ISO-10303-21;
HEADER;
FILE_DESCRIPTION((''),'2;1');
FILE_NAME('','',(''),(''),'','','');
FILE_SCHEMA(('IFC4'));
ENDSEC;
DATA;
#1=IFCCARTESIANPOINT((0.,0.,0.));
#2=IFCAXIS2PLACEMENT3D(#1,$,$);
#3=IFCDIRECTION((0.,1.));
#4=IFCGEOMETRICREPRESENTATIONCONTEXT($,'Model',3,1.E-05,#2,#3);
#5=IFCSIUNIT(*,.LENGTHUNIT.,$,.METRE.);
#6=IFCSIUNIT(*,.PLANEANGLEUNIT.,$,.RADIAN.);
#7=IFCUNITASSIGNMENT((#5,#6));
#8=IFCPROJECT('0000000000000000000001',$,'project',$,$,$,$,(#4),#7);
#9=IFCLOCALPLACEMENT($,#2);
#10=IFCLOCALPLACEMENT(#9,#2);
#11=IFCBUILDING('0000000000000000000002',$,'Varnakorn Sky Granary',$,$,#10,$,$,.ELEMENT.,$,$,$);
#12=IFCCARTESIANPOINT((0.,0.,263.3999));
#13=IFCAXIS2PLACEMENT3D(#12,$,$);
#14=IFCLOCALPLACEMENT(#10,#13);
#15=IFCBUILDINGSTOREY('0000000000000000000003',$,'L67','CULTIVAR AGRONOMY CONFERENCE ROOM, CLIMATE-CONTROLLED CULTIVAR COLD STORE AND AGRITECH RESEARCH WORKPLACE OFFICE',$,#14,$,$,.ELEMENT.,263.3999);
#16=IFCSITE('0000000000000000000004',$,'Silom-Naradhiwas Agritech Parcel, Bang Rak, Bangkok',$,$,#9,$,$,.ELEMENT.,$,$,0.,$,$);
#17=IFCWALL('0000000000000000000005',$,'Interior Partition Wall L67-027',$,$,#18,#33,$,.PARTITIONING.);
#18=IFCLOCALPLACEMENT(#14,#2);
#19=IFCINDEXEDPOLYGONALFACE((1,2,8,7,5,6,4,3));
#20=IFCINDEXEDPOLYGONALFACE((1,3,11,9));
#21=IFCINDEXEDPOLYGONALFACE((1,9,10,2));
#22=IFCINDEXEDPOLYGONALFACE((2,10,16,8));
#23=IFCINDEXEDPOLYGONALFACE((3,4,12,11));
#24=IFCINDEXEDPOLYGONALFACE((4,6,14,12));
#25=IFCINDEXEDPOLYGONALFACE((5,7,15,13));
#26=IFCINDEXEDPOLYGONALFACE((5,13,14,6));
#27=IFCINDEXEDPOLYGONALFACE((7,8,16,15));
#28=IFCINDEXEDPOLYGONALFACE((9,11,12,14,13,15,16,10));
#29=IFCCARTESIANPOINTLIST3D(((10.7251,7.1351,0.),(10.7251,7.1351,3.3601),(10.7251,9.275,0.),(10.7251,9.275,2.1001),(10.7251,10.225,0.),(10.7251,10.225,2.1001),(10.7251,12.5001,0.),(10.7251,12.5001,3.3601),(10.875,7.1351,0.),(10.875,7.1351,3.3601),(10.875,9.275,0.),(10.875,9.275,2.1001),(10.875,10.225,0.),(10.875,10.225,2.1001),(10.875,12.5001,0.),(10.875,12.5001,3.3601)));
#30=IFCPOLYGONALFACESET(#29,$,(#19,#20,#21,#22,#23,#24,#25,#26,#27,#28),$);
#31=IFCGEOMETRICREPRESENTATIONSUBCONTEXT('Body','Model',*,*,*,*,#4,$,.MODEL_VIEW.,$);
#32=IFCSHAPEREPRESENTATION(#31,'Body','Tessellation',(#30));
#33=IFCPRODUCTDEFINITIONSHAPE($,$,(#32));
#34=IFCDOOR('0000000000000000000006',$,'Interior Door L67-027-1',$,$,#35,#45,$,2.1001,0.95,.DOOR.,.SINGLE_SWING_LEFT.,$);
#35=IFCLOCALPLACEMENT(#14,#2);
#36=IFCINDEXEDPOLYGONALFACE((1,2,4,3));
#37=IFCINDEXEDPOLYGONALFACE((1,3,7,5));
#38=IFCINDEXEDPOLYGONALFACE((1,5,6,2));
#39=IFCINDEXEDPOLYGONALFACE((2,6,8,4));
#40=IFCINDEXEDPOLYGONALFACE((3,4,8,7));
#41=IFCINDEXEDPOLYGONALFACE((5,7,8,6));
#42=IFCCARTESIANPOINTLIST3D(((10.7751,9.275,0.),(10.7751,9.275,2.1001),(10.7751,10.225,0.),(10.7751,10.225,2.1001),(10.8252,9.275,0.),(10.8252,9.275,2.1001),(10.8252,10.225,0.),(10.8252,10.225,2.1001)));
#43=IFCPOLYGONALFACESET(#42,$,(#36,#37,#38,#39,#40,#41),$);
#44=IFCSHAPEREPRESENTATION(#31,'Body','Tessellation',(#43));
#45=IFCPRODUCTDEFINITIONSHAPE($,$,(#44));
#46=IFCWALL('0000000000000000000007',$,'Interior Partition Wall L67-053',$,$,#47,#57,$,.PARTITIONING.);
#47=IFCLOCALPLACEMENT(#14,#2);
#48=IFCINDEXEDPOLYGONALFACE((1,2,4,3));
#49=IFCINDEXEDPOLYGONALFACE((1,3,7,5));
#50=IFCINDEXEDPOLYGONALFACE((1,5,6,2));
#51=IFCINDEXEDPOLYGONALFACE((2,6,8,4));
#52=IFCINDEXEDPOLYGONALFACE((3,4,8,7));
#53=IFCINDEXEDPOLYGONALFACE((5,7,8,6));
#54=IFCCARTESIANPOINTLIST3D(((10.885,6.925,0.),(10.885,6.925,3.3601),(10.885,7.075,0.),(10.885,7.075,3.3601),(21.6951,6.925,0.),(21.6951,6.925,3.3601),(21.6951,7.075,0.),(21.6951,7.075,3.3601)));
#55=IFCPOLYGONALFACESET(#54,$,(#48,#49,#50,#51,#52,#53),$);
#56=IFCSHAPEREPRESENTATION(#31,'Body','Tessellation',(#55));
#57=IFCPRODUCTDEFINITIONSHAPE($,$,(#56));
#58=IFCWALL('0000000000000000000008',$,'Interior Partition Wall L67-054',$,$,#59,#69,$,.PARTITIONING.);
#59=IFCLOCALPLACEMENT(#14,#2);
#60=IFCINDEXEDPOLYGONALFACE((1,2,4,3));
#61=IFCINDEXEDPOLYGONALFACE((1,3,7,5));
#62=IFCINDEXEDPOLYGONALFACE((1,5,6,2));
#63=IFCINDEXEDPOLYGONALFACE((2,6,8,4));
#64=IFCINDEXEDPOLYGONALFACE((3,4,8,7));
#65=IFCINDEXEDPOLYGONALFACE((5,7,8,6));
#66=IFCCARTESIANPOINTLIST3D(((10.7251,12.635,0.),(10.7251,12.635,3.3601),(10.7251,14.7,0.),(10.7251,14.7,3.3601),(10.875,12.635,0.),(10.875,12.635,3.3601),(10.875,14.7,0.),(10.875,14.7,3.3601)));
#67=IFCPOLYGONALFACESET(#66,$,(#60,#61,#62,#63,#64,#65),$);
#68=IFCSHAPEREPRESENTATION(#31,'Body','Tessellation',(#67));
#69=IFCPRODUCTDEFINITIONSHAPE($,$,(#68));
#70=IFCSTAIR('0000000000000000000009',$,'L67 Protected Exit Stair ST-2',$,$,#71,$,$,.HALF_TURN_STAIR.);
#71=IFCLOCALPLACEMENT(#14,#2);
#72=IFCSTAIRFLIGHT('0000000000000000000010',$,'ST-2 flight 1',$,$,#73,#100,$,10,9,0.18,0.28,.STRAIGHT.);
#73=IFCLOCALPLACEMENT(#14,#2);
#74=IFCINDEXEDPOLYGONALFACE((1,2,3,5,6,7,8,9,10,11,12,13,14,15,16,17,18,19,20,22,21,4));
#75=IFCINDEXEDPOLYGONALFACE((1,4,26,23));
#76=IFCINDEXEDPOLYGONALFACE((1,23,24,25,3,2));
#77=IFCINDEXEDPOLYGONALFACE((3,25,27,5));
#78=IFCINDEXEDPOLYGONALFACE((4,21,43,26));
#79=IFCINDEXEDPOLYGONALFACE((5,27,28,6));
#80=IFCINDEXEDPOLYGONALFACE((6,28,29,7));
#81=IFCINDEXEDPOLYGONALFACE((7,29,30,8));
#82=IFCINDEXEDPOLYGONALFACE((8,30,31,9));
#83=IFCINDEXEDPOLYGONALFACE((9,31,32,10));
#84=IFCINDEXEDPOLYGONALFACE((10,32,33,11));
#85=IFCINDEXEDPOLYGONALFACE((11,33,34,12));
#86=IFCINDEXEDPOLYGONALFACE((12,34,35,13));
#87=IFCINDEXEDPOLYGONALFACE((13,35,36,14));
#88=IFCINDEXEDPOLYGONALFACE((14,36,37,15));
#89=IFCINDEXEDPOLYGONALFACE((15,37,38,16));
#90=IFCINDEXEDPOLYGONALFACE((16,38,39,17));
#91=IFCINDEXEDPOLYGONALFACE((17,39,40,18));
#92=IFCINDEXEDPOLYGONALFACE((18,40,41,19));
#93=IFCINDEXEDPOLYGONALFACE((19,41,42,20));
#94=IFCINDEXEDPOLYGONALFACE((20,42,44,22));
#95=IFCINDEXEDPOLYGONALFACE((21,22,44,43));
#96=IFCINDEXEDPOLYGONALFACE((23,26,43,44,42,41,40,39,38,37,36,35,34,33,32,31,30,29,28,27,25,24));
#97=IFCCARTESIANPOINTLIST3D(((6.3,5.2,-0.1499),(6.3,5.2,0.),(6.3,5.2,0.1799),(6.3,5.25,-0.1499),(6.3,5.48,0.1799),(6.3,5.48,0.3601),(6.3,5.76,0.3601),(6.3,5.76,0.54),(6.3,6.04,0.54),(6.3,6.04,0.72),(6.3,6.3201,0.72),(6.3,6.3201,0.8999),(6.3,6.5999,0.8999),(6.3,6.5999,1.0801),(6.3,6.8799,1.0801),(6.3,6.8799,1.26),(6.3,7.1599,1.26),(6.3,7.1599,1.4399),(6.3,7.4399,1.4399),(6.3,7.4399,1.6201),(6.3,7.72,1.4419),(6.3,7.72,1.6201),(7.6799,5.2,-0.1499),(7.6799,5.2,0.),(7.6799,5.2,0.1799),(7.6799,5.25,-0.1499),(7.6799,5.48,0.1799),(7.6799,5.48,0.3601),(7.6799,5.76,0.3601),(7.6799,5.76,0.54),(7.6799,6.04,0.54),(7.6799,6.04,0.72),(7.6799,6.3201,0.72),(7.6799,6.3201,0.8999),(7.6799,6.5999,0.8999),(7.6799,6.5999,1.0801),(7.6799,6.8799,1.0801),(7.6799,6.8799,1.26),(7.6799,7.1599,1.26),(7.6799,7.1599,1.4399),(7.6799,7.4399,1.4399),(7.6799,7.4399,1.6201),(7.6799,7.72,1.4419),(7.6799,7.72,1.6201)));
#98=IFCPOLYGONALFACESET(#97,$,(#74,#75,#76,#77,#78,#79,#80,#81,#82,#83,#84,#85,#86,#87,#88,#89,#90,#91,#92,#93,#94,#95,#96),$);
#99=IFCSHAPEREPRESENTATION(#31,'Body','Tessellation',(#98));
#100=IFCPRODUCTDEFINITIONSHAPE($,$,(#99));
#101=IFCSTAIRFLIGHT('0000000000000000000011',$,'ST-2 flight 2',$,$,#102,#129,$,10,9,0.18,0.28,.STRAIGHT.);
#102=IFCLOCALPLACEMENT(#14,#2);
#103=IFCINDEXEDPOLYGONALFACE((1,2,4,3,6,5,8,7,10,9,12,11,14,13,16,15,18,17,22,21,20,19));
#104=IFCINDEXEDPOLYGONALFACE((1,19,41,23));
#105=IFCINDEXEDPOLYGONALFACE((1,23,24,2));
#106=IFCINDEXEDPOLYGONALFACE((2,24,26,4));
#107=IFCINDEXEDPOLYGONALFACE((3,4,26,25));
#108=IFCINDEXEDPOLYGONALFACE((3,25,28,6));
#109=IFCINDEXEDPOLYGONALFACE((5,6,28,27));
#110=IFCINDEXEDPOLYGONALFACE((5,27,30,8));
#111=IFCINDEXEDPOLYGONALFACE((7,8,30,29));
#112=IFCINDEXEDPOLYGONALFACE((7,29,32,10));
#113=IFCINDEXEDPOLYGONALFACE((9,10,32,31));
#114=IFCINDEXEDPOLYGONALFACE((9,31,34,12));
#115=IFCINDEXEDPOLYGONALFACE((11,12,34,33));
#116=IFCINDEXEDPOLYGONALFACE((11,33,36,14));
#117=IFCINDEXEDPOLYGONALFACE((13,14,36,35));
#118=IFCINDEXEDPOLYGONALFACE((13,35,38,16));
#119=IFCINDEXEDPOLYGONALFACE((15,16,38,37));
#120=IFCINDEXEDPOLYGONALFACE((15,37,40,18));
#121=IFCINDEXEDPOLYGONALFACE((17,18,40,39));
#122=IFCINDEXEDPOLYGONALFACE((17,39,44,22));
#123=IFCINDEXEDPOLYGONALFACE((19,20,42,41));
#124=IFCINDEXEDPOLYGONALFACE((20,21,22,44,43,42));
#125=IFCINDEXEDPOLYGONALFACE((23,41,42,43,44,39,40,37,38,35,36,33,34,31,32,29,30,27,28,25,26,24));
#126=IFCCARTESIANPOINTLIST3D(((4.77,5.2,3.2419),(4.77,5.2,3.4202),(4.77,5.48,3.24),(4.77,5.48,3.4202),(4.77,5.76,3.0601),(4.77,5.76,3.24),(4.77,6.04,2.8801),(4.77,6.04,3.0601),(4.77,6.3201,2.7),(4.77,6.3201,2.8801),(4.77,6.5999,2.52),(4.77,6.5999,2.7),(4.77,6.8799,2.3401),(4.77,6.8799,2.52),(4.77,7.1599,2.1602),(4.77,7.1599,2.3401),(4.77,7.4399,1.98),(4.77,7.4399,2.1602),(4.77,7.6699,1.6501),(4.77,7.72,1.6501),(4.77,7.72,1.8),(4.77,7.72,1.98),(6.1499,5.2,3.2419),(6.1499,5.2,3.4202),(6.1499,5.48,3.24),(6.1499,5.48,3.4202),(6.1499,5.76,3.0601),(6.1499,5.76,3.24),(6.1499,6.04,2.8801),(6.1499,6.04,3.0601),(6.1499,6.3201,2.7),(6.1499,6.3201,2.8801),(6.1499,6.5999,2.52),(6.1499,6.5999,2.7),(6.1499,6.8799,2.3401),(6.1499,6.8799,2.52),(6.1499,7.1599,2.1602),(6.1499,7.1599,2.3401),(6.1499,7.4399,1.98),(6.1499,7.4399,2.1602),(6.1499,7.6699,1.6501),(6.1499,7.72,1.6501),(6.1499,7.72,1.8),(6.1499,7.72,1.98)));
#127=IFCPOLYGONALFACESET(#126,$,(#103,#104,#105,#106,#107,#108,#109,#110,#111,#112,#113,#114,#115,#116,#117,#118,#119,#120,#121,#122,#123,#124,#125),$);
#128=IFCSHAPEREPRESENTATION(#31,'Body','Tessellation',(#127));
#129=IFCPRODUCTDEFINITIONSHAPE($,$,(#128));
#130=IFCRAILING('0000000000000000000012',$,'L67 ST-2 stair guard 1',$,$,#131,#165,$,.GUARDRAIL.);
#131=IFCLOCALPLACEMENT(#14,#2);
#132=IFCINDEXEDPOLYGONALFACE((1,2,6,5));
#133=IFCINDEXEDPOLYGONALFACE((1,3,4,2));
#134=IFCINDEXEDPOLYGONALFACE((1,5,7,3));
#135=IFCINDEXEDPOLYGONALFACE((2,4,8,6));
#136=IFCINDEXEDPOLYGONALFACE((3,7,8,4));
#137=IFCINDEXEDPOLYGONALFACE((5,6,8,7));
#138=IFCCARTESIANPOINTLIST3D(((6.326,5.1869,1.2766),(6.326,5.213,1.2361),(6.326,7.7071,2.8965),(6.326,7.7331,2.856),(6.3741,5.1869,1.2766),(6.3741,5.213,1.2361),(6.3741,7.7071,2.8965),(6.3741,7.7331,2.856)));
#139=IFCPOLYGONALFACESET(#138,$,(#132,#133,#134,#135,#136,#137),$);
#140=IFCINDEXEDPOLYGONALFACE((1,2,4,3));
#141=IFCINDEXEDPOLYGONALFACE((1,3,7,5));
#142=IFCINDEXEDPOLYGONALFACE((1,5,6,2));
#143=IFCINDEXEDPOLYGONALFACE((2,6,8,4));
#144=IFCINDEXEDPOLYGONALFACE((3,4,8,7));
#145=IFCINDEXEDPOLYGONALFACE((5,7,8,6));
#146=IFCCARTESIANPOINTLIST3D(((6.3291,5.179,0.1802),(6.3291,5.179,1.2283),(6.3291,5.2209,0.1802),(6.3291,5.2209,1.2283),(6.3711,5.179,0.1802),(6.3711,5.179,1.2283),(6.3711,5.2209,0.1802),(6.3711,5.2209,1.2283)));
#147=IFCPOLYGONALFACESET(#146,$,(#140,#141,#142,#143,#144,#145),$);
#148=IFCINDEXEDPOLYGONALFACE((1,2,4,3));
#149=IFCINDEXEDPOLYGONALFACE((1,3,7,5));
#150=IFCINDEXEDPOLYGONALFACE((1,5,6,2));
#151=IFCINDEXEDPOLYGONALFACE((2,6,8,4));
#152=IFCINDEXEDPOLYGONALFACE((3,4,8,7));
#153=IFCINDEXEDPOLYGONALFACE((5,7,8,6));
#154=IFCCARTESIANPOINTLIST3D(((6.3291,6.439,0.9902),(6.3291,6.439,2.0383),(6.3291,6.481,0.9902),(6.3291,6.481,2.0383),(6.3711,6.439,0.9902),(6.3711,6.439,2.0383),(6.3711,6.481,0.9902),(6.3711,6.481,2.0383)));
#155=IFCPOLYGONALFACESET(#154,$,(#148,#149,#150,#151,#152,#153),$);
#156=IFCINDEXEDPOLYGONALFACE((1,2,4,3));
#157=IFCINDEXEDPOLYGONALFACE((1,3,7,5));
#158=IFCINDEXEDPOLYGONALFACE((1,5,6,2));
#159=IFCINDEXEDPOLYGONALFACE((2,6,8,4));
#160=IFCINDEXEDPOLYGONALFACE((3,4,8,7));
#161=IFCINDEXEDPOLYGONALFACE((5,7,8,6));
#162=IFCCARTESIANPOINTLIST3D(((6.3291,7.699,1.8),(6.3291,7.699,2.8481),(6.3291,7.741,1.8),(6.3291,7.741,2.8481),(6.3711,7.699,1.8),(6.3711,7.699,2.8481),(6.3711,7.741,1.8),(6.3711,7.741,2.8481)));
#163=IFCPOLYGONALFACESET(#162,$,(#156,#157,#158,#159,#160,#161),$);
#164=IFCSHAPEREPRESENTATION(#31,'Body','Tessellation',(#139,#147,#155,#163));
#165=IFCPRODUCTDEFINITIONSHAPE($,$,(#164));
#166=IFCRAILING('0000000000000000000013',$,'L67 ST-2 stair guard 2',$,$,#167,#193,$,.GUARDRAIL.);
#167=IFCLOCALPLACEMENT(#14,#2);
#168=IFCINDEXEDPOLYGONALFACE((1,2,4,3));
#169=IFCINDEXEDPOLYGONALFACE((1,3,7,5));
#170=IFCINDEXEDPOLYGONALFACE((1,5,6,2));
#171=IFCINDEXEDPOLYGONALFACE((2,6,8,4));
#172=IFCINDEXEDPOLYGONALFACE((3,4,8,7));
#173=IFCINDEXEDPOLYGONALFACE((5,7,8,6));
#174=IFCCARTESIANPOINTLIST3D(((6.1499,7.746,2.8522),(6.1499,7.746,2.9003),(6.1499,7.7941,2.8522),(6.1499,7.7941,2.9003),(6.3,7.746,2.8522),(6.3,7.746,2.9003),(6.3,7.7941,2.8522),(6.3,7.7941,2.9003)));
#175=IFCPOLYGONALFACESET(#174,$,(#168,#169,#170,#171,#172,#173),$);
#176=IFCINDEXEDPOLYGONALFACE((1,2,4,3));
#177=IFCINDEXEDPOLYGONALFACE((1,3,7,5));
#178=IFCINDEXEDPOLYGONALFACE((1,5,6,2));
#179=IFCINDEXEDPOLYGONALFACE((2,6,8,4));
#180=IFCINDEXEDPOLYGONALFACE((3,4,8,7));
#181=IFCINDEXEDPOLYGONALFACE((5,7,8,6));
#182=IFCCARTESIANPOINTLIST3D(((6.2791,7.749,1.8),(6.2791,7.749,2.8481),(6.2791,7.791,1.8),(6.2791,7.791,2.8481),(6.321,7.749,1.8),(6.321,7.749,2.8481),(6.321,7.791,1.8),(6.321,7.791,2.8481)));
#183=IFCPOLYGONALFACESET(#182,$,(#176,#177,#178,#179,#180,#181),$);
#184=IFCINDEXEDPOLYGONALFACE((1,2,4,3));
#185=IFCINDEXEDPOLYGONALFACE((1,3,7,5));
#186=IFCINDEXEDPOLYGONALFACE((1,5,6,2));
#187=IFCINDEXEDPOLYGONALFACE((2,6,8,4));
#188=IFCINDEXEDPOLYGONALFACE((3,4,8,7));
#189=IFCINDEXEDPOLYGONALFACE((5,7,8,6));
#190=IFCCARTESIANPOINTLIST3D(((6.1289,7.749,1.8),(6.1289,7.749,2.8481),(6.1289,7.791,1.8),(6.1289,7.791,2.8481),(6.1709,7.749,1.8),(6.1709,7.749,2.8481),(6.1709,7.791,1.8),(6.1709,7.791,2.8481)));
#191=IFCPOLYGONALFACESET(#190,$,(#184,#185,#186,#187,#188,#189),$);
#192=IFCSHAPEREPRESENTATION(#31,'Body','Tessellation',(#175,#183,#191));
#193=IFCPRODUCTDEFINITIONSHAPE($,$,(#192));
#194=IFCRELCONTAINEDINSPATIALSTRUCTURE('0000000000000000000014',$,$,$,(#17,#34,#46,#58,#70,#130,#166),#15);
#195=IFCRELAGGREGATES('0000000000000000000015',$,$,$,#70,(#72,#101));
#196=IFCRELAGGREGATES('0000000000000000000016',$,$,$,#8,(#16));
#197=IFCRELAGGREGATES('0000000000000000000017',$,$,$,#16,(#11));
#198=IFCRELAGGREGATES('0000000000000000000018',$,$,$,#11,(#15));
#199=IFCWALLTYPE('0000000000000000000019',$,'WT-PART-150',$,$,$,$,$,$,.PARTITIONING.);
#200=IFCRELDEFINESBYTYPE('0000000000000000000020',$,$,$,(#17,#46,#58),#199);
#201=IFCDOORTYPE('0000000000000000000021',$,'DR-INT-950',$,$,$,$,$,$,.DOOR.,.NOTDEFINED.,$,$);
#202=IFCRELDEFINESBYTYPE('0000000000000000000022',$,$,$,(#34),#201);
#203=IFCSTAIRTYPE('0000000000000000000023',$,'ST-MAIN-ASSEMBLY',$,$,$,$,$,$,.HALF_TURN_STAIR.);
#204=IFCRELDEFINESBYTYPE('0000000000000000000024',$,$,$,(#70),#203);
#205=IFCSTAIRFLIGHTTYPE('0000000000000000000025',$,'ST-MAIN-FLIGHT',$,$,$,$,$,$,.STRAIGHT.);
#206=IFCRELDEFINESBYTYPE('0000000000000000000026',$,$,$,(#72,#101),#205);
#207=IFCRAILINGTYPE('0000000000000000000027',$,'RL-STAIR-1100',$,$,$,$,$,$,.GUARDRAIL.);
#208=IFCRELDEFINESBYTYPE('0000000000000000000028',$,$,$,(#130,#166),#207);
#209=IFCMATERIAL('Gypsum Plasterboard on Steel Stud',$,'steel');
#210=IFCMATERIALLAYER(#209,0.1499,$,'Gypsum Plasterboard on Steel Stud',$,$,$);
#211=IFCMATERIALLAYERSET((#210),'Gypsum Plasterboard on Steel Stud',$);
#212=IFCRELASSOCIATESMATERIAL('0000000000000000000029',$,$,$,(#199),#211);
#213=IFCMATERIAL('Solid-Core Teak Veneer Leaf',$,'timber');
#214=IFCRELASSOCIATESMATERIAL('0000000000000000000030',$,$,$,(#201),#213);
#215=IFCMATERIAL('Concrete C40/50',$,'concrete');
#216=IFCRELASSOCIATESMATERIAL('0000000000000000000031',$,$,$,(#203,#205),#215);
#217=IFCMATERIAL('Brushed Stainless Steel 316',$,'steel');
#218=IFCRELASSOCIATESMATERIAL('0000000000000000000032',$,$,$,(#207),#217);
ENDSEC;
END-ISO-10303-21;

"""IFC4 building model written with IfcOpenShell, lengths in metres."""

from ifc_helpers import new_model, si_unit, direction, frame, frame_2d, origin, origin_2d, place, context, subcontext, project, spatial, polyline, rectangle, outline, extrude, material, layer, layer_set, type_object, element, fill, aggregate, save


model = new_model("IFC4")

# Units and contexts
model_context = context("Model", 3, precision=1e-05, world=origin(), true_north=direction((0.0, 1.0)))
body_context = subcontext(model_context, "Body", "Model", "MODEL_VIEW")
ifc_project = project(units=[si_unit("LENGTHUNIT", "METRE"), si_unit("PLANEANGLEUNIT", "RADIAN")], contexts=[model_context])

# Site, building, storey
site_placement = place(None, origin())
site = spatial("IfcSite", under=ifc_project, at=site_placement, Name="Silom-Naradhiwas Agritech Parcel, Bang Rak, Bangkok", CompositionType="ELEMENT", RefElevation=0.0)
building_placement = place(site_placement, origin())
building = spatial("IfcBuilding", under=site, at=building_placement, Name="Varnakorn Sky Granary", CompositionType="ELEMENT")
storey_placement = place(building_placement, frame((0.0, 0.0, 263.3999)))
storey = spatial("IfcBuildingStorey", under=building, at=storey_placement, Name="L67", Description="CULTIVAR AGRONOMY CONFERENCE ROOM, CLIMATE-CONTROLLED CULTIVAR COLD STORE AND AGRITECH RESEARCH WORKPLACE OFFICE", CompositionType="ELEMENT", Elevation=263.3999)

# Wall, opening, door
ifc_material_1 = material(Name="Gypsum Plasterboard on Steel Stud", Category="steel")
ifc_layer_1 = layer(ifc_material_1, 0.1499, Name="Gypsum Plasterboard on Steel Stud")
ifc_layer_set_1 = layer_set([ifc_layer_1], Name="Gypsum Plasterboard on Steel Stud")
wall_type_1 = type_object("IfcWallType", Name="WT-PART-150", PredefinedType="PARTITIONING", material=ifc_layer_set_1)
wall_1_placement = place(storey_placement, frame((10.8, 7.135, 0.0), z_axis=(0.0, 0.0, 1.0), x_axis=(0.0, 1.0, 0.0)))
wall_1 = element("IfcWall", 1, at=wall_1_placement, inside=storey, type_object=wall_type_1, Name="Interior Partition Wall L67-027", PredefinedType="PARTITIONING", context=body_context, shape_type="SweptSolid", body=[
    extrude(rectangle(XDim=5.365, YDim=0.1499, at=frame_2d((2.6826, 0.0))), origin(), (0.0, 0.0, 1.0), 3.3601),
])
opening_placement = place(wall_1_placement, frame((2.1399, 0.0, 0.0)))
opening = element("IfcOpeningElement", 2, at=opening_placement, cuts=wall_1, PredefinedType="OPENING", context=body_context, shape_type="SweptSolid", body=[
    extrude(rectangle(XDim=0.95, YDim=2.1001, at=frame_2d((0.4751, 1.05))), frame((0.0, 0.085, 0.0), z_axis=(0.0, -1.0, 0.0), x_axis=(1.0, 0.0, 0.0)), (0.0, 0.0, 1.0), 0.1699),
])
ifc_material_2 = material(Name="Solid-Core Teak Veneer Leaf", Category="timber")
door_type = type_object("IfcDoorType", Name="DR-INT-950", OperationType="NOTDEFINED", PredefinedType="DOOR", material=ifc_material_2)
door_placement = place(opening_placement, origin())
door = element("IfcDoor", 3, at=door_placement, inside=storey, type_object=door_type, Name="Interior Door L67-027-1", OperationType="SINGLE_SWING_LEFT", OverallHeight=2.1001, OverallWidth=0.95, PredefinedType="DOOR", context=body_context, shape_type="SweptSolid", body=[
    extrude(rectangle(XDim=0.95, YDim=2.1001, at=frame_2d((0.4751, 1.05))), frame((0.0, 0.0249, 0.0), z_axis=(0.0, -1.0, 0.0), x_axis=(1.0, 0.0, 0.0)), (0.0, 0.0, 1.0), 0.05),
])
fill(opening, door)

# Walls
wall_2_placement = place(storey_placement, frame((10.885, 7.0, 0.0), z_axis=(0.0, 0.0, 1.0), x_axis=(1.0, 0.0, 0.0)))
element("IfcWall", 4, at=wall_2_placement, inside=storey, type_object=wall_type_1, Name="Interior Partition Wall L67-053", PredefinedType="PARTITIONING", context=body_context, shape_type="SweptSolid", body=[
    extrude(rectangle(XDim=10.8101, YDim=0.1499, at=frame_2d((5.405, 0.0))), origin(), (0.0, 0.0, 1.0), 3.3601),
])
wall_3_placement = place(storey_placement, frame((10.8, 12.635, 0.0), z_axis=(0.0, 0.0, 1.0), x_axis=(0.0, 1.0, 0.0)))
element("IfcWall", 5, at=wall_3_placement, inside=storey, type_object=wall_type_1, Name="Interior Partition Wall L67-054", PredefinedType="PARTITIONING", context=body_context, shape_type="SweptSolid", body=[
    extrude(rectangle(XDim=2.0649, YDim=0.1499, at=frame_2d((1.0325, 0.0))), origin(), (0.0, 0.0, 1.0), 3.3601),
])

# Stair, stair flights
ifc_material_3 = material(Name="Concrete C40/50", Category="concrete")
stair_type = type_object("IfcStairType", Name="ST-MAIN-ASSEMBLY", PredefinedType="HALF_TURN_STAIR", material=ifc_material_3)
stair_placement = place(storey_placement, origin())
stair = element("IfcStair", 6, at=stair_placement, inside=storey, type_object=stair_type, Name="L67 Protected Exit Stair ST-2", PredefinedType="HALF_TURN_STAIR")
stair_flight_type = type_object("IfcStairFlightType", Name="ST-MAIN-FLIGHT", PredefinedType="STRAIGHT", material=ifc_material_3)
stair_flight_1_placement = place(storey_placement, frame((6.99, 5.2, 0.0), z_axis=(0.0, 0.0, 1.0), x_axis=(0.0, 1.0, 0.0)))
stair_flight_1 = element("IfcStairFlight", 7, at=stair_flight_1_placement, type_object=stair_flight_type, Name="ST-2 flight 1", NumberOfRisers=10, NumberOfTreads=9, PredefinedType="STRAIGHT", RiserHeight=0.18, TreadLength=0.28, context=body_context, shape_type="SweptSolid", body=[
    extrude(outline(polyline([(0.0, -0.1499), (0.0, 0.0), (0.0, 0.1799), (0.28, 0.1799), (0.28, 0.3601), (0.5601, 0.3601), (0.5601, 0.54), (0.8401, 0.54), (0.8401, 0.72), (1.1201, 0.72), (1.1201, 0.8999), (1.3999, 0.8999), (1.3999, 1.0801), (1.6799, 1.0801), (1.6799, 1.26), (1.96, 1.26), (1.96, 1.4399), (2.24, 1.4399), (2.24, 1.6201), (2.52, 1.6201), (2.52, 1.8), (2.52, 1.4419), (0.05, -0.1499), (0.0, -0.1499)])), frame((0.0, 0.6899, 0.0), z_axis=(0.0, -1.0, 0.0), x_axis=(1.0, 0.0, 0.0)), (0.0, 0.0, 1.0), 1.3799),
])
stair_flight_2_placement = place(storey_placement, frame((5.46, 7.72, 1.8), z_axis=(0.0, 0.0, 1.0), x_axis=(0.0, -1.0, 0.0)))
stair_flight_2 = element("IfcStairFlight", 8, at=stair_flight_2_placement, type_object=stair_flight_type, Name="ST-2 flight 2", NumberOfRisers=10, NumberOfTreads=9, PredefinedType="STRAIGHT", RiserHeight=0.18, TreadLength=0.28, context=body_context, shape_type="SweptSolid", body=[
    extrude(outline(polyline([(0.0, -0.1499), (0.0, 0.0), (0.0, 0.1799), (0.28, 0.1799), (0.28, 0.3601), (0.5601, 0.3601), (0.5601, 0.54), (0.8401, 0.54), (0.8401, 0.72), (1.1201, 0.72), (1.1201, 0.8999), (1.3999, 0.8999), (1.3999, 1.0801), (1.6799, 1.0801), (1.6799, 1.26), (1.96, 1.26), (1.96, 1.4399), (2.24, 1.4399), (2.24, 1.6201), (2.52, 1.6201), (2.52, 1.8), (2.52, 1.4419), (0.05, -0.1499), (0.0, -0.1499)])), frame((0.0, 0.6899, 0.0), z_axis=(0.0, -1.0, 0.0), x_axis=(1.0, 0.0, 0.0)), (0.0, 0.0, 1.0), 1.3799),
])
aggregate(stair, [stair_flight_1, stair_flight_2])

# Railings
ifc_material_4 = material(Name="Brushed Stainless Steel 316", Category="steel")
railing_type_1 = type_object("IfcRailingType", Name="RL-STAIR-1100", PredefinedType="GUARDRAIL", material=ifc_material_4)
railing_1_placement = place(storey_placement, frame((6.3501, 5.2, 0.1802)))
element("IfcRailing", 9, at=railing_1_placement, inside=storey, type_object=railing_type_1, Name="L67 ST-2 stair guard 1", PredefinedType="GUARDRAIL", context=body_context, shape_type="SweptSolid", body=[
    extrude(rectangle(XDim=0.0481, YDim=0.0481, at=origin_2d()), frame((0.0, 0.0, 1.0762), z_axis=(0.0, 0.8412, 0.540725), x_axis=(-1.0, 0.0, 0.0)), (0.0, 0.0, 1.0), 2.9958),
    extrude(rectangle(XDim=0.042, YDim=0.042, at=origin_2d()), origin(), (0.0, 0.0, 1.0), 1.0481),
    extrude(rectangle(XDim=0.042, YDim=0.042, at=origin_2d()), frame((0.0, 1.26, 0.8101)), (0.0, 0.0, 1.0), 1.0481),
    extrude(rectangle(XDim=0.042, YDim=0.042, at=origin_2d()), frame((0.0, 2.52, 1.6199)), (0.0, 0.0, 1.0), 1.0481),
])
railing_2_placement = place(storey_placement, frame((6.3, 7.77, 1.8)))
element("IfcRailing", 10, at=railing_2_placement, inside=storey, type_object=railing_type_1, Name="L67 ST-2 stair guard 2", PredefinedType="GUARDRAIL", context=body_context, shape_type="SweptSolid", body=[
    extrude(rectangle(XDim=0.0481, YDim=0.0481, at=origin_2d()), frame((0.0, 0.0, 1.0762), z_axis=(-1.0, 0.0, 0.0), x_axis=(0.0, -1.0, 0.0)), (0.0, 0.0, 1.0), 0.1501),
    extrude(rectangle(XDim=0.042, YDim=0.042, at=origin_2d()), origin(), (0.0, 0.0, 1.0), 1.0481),
    extrude(rectangle(XDim=0.042, YDim=0.042, at=origin_2d()), frame((-0.1501, 0.0, 0.0)), (0.0, 0.0, 1.0), 1.0481),
])

save(model, "model.ifc")
